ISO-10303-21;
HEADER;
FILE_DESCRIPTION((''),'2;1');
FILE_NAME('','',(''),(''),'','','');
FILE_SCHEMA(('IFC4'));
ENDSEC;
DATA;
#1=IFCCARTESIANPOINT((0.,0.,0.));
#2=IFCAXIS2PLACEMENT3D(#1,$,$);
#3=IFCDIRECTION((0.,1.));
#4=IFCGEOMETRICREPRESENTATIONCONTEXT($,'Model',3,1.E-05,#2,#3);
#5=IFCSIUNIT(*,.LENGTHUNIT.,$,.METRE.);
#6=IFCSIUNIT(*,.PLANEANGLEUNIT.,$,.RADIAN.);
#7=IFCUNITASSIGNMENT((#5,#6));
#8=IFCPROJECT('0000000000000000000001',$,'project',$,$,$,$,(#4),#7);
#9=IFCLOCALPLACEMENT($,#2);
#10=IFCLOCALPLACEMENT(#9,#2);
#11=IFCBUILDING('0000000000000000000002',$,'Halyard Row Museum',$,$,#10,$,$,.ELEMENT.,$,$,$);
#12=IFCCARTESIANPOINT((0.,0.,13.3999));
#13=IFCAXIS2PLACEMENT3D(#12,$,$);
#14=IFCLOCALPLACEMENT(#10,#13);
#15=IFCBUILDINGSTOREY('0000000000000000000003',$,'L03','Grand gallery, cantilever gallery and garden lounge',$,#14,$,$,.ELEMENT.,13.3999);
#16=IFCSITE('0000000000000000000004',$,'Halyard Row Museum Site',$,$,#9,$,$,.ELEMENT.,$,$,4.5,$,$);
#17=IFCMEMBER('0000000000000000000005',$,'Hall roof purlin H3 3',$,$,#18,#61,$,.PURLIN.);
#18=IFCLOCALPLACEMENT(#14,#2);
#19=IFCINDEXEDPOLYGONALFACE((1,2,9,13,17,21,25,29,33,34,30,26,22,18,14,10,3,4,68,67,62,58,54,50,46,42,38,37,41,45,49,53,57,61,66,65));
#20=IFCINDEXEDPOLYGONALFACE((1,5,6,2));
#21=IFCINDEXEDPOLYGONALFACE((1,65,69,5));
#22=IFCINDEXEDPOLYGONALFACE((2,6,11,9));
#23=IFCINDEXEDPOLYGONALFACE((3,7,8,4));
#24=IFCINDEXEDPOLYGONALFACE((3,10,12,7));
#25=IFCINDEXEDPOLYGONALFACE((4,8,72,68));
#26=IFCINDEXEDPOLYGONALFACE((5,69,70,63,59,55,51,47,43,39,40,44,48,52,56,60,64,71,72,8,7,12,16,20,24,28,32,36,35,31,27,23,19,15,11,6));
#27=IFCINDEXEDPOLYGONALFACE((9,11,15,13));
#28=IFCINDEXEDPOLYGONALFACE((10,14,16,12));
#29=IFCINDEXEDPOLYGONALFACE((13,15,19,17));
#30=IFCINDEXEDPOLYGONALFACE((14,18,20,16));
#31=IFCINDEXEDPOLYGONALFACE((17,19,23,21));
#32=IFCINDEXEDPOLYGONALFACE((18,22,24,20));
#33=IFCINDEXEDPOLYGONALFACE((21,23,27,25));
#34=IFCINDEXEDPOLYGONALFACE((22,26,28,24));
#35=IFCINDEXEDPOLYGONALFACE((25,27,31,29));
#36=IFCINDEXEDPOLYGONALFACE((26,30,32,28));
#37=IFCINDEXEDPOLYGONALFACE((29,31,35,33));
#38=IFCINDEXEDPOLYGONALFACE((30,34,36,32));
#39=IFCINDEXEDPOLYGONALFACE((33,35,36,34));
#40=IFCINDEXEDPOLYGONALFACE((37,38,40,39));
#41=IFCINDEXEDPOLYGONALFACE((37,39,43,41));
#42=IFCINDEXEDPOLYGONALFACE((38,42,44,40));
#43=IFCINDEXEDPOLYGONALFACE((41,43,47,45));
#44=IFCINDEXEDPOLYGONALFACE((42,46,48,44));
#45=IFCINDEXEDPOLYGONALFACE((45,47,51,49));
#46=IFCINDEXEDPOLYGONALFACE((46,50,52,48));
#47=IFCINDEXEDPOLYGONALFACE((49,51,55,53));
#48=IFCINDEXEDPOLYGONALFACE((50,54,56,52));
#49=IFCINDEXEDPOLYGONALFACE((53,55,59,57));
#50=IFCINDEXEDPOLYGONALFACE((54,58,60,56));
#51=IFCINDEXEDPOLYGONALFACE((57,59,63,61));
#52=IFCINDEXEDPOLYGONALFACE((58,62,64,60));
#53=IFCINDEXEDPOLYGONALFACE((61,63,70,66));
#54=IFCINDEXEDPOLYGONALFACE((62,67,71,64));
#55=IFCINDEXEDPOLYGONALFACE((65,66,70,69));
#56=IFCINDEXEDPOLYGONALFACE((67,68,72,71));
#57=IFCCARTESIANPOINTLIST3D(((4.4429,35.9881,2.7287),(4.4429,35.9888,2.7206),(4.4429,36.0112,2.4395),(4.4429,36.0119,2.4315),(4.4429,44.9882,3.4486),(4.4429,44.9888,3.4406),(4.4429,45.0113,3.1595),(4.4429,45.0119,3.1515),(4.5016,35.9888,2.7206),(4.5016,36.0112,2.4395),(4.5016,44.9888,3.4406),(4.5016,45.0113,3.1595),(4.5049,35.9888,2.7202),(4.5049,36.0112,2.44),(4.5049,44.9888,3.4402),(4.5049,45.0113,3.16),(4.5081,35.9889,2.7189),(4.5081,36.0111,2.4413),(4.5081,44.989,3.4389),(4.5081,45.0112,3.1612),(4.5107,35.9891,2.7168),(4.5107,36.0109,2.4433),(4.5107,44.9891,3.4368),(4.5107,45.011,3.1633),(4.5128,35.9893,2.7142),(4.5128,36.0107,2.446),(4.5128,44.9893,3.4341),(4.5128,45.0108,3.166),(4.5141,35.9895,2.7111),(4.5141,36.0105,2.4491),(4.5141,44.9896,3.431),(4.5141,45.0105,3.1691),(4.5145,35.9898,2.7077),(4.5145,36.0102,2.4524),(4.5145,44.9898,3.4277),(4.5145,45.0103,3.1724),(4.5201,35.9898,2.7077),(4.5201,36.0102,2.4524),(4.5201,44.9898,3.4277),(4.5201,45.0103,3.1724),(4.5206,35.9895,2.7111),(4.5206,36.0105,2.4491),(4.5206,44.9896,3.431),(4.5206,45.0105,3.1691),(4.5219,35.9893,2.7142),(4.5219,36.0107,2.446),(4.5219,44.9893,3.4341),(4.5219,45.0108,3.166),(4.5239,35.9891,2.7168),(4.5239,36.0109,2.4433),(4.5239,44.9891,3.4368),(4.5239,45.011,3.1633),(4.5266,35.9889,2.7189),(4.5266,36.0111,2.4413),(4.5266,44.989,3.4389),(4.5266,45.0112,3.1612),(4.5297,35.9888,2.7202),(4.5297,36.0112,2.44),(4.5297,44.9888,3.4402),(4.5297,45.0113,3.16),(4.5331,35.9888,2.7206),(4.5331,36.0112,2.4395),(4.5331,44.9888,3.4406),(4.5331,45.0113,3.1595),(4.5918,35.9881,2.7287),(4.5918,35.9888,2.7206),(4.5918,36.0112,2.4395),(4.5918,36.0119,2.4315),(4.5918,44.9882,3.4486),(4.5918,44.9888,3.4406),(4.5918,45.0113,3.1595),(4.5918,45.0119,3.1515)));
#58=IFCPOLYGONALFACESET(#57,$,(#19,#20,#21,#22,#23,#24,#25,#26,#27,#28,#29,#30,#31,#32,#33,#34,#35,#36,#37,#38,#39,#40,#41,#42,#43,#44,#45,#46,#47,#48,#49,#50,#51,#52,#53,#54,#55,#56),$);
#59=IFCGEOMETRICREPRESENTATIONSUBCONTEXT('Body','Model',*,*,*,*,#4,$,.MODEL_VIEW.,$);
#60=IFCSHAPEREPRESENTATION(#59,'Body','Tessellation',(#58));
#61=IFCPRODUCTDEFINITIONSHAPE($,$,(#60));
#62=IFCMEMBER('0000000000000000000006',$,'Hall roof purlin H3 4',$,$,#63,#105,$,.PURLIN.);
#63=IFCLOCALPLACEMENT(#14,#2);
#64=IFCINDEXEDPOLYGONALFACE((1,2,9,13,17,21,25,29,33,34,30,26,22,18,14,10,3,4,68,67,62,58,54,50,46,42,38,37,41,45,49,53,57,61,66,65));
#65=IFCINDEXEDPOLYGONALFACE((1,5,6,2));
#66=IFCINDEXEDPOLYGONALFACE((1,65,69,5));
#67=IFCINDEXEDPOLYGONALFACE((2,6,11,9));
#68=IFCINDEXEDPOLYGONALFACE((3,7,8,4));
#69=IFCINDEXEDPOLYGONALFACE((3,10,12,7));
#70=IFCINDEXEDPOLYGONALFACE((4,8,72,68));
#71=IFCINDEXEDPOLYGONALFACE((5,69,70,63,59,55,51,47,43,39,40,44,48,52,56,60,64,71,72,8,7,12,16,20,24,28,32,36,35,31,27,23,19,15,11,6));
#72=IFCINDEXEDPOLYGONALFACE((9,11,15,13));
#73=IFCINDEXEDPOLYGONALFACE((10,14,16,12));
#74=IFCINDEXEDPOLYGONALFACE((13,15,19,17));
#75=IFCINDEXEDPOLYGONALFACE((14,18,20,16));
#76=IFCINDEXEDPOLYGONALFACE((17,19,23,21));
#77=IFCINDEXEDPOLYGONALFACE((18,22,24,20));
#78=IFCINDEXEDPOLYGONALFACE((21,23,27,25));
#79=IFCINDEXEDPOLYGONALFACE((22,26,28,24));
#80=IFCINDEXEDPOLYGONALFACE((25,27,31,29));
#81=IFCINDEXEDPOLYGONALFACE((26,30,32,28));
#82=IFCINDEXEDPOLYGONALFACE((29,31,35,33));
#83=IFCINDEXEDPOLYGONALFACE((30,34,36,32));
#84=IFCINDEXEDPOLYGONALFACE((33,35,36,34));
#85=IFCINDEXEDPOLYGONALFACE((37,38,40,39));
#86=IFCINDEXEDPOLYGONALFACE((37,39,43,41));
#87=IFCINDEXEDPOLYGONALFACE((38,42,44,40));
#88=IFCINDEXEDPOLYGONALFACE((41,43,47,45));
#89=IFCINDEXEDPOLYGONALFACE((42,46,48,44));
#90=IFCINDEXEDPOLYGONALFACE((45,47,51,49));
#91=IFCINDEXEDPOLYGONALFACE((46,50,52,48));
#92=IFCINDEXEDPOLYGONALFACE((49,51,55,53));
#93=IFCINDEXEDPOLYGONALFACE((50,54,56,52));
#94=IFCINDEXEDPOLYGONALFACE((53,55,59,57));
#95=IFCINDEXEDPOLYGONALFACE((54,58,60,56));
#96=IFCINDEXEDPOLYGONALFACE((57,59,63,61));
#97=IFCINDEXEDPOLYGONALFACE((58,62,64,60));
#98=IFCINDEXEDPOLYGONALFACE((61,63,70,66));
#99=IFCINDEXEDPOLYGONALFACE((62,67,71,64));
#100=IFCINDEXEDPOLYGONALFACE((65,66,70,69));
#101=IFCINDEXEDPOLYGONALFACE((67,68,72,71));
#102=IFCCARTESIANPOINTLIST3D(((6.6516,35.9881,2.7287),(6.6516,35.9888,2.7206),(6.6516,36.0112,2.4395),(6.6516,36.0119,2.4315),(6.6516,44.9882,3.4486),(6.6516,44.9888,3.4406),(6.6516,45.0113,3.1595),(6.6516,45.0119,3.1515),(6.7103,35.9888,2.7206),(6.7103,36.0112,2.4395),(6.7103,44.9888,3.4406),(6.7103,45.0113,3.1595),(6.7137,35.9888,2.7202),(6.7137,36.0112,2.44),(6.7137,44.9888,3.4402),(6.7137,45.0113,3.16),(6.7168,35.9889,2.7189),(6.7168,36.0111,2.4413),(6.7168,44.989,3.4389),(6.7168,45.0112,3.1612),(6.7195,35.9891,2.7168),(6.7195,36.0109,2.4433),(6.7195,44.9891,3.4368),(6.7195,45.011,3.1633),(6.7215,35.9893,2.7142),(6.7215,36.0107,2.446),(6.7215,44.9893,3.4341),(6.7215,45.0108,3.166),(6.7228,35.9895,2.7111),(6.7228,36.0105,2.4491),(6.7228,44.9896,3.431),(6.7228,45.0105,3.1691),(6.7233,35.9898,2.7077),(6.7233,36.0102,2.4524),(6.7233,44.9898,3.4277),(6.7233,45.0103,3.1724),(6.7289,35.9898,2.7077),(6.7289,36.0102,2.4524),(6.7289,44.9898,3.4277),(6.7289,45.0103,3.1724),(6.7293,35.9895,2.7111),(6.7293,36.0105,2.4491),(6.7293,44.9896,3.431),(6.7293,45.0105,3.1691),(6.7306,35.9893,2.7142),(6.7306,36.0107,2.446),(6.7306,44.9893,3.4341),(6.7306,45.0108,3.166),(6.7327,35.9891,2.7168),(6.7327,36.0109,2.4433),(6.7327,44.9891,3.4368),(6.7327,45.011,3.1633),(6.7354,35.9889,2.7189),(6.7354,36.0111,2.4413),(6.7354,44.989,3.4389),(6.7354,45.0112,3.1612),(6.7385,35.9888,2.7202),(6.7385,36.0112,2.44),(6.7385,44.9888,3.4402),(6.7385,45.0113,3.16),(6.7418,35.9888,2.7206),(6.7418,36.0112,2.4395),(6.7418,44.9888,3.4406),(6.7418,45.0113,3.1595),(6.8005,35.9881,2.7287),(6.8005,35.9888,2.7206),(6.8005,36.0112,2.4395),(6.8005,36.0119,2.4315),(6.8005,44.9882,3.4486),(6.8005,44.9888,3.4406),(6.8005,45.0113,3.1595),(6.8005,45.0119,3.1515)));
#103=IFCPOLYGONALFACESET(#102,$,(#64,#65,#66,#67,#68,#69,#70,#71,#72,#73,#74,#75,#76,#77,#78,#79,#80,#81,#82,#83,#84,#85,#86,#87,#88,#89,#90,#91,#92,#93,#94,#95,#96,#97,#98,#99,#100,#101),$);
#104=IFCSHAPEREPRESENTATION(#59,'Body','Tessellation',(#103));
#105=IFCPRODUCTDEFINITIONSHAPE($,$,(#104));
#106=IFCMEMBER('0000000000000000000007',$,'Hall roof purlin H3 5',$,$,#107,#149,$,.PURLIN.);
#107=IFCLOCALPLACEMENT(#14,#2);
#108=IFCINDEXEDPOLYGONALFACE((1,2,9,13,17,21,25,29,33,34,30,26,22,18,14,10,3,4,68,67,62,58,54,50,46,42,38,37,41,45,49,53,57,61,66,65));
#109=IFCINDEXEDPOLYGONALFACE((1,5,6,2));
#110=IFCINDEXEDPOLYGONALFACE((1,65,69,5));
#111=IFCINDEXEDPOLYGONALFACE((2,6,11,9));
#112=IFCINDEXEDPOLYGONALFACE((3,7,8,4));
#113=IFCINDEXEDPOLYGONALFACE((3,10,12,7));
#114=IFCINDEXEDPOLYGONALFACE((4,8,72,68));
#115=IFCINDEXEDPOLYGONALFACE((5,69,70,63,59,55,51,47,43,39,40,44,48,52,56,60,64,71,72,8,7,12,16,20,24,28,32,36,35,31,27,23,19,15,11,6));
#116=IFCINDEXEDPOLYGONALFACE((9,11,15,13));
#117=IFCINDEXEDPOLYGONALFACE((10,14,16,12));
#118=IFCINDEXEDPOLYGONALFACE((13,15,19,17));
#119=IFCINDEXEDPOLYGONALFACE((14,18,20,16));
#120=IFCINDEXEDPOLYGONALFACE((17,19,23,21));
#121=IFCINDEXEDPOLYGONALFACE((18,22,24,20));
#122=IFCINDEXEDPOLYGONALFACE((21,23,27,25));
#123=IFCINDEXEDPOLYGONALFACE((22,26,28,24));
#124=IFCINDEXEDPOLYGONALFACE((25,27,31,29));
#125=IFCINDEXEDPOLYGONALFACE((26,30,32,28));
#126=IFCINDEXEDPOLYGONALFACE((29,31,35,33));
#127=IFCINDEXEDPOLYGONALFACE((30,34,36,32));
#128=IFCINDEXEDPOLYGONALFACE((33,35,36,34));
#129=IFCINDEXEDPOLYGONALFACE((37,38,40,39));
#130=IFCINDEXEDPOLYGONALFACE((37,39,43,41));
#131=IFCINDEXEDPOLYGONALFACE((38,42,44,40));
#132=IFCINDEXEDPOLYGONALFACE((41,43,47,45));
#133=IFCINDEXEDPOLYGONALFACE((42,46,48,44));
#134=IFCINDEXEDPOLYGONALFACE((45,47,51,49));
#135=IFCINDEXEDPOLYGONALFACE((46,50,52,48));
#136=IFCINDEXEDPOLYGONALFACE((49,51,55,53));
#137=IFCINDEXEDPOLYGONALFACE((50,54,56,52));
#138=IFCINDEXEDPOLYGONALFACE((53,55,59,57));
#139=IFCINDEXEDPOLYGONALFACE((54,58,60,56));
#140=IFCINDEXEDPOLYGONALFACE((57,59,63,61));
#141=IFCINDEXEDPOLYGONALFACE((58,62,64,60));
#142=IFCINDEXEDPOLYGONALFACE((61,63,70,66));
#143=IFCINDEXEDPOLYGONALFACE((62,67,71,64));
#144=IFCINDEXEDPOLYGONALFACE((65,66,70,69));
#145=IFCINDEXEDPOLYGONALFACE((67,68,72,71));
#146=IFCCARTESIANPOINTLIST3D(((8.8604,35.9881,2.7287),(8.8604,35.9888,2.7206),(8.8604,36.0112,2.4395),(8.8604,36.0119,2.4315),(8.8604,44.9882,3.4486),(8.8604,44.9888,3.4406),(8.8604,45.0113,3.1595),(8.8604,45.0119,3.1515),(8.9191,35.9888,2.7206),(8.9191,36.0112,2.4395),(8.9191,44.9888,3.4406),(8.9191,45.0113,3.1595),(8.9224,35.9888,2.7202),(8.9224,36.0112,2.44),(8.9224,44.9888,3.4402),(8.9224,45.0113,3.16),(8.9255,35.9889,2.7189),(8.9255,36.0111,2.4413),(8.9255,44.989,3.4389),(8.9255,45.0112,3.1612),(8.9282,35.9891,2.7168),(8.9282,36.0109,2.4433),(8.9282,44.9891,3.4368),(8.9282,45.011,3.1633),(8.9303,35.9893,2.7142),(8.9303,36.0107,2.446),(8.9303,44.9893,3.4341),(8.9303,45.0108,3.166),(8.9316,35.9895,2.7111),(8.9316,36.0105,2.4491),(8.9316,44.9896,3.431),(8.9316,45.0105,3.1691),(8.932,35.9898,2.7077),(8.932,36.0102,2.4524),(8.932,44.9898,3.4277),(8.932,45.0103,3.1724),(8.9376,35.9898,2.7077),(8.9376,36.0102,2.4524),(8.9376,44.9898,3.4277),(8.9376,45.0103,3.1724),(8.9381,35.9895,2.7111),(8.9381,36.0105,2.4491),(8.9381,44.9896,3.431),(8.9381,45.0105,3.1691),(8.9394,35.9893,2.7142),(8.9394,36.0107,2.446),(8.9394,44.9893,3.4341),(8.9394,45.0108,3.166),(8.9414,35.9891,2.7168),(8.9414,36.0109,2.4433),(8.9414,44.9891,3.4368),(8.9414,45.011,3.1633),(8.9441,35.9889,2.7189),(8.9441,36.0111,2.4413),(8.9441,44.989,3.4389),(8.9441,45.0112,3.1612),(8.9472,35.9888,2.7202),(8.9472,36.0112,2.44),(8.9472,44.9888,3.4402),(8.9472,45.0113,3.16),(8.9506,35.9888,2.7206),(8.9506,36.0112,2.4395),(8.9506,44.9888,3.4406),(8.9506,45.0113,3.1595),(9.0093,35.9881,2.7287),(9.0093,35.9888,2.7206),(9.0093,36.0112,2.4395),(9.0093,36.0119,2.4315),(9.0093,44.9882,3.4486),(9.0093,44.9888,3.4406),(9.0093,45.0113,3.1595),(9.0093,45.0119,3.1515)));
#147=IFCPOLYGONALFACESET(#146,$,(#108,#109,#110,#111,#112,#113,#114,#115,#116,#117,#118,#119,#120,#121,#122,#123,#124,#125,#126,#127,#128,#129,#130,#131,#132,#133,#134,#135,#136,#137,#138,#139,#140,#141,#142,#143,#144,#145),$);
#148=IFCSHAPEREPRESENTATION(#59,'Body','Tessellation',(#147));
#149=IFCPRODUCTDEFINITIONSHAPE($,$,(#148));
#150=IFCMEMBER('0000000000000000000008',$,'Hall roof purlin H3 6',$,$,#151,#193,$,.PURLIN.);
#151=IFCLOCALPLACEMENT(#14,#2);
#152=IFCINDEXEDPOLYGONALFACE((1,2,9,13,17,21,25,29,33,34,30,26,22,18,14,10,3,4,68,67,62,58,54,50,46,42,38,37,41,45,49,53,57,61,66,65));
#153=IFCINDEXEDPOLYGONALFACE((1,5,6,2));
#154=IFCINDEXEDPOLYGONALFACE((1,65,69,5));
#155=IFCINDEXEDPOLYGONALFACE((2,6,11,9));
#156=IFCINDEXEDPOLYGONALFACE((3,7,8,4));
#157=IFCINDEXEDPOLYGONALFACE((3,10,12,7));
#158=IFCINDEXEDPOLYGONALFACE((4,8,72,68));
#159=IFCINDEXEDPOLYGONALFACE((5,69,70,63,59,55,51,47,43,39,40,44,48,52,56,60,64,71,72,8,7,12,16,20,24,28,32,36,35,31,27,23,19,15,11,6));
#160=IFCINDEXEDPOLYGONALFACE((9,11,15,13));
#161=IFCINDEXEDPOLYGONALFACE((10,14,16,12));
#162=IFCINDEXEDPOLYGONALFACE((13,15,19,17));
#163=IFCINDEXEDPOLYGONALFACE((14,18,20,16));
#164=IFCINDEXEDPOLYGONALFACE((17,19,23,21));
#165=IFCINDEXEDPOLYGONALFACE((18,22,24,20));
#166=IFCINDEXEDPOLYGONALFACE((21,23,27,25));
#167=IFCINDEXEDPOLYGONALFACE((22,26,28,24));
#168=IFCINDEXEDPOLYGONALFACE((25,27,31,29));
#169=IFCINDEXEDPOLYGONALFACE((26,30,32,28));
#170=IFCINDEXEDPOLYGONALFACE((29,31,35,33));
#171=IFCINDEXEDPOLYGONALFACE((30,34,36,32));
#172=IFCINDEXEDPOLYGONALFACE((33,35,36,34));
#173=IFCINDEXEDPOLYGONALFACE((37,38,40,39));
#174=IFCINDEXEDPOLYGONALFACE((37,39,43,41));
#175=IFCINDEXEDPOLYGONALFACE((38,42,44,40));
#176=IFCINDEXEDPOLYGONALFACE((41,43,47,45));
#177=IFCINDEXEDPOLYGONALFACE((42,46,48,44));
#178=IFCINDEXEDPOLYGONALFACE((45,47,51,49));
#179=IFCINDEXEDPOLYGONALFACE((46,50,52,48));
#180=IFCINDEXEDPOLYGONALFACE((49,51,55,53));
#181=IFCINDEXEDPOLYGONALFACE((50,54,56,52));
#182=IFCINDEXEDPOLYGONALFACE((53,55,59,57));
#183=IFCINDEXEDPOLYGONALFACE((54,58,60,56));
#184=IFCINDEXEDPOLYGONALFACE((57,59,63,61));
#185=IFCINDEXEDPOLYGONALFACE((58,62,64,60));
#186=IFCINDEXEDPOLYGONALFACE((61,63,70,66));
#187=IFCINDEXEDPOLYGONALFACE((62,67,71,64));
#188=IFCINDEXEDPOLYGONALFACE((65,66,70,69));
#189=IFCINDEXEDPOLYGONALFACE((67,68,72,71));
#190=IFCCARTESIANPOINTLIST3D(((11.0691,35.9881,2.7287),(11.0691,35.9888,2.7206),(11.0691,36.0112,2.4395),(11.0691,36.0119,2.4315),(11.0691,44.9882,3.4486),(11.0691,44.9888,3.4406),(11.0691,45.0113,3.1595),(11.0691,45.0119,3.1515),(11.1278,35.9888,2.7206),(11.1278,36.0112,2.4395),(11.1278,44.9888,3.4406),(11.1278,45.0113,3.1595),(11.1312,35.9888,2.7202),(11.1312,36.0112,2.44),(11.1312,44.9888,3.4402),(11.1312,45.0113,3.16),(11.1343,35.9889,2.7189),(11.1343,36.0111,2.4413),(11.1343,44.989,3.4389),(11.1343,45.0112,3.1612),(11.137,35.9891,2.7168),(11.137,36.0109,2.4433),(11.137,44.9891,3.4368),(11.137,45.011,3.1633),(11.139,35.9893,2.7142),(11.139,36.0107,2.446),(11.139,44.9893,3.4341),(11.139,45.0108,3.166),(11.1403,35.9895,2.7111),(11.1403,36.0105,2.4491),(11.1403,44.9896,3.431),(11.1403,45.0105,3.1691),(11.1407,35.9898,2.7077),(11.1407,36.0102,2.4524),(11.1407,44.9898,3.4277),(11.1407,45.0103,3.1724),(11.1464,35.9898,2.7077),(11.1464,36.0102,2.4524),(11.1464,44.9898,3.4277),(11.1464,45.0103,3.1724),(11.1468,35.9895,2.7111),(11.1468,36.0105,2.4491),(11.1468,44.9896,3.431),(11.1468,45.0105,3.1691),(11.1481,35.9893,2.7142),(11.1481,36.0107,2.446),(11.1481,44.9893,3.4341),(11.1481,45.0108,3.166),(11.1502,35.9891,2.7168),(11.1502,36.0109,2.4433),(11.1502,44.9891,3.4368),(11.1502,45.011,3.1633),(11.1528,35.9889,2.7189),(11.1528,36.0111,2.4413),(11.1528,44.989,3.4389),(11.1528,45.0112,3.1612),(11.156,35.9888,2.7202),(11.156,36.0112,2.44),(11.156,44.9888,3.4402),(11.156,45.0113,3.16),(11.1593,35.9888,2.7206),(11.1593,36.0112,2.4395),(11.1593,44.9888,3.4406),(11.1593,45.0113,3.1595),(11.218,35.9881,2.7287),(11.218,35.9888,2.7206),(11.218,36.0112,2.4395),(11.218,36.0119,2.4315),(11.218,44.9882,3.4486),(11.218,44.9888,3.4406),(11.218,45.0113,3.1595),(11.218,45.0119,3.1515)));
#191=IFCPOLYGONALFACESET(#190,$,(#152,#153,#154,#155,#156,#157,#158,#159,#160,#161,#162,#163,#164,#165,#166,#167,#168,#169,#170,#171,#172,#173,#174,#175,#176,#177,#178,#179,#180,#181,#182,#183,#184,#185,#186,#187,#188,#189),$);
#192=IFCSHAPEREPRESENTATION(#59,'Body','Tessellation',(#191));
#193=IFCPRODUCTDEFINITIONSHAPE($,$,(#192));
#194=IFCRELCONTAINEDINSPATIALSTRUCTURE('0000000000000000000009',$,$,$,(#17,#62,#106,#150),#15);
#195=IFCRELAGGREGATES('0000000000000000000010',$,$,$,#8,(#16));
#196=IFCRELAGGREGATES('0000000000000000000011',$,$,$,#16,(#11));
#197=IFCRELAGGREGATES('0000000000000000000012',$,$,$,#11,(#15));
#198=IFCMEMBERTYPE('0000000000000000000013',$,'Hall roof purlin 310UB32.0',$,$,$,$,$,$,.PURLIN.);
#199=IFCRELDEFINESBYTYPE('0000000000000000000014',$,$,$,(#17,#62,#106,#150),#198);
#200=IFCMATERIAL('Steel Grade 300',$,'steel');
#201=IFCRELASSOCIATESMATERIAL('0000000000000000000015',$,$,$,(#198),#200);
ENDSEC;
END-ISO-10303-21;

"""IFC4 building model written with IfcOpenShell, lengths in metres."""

from ifc_helpers import new_model, si_unit, direction, frame, origin, origin_2d, place, context, subcontext, project, spatial, i_section, extrude, material, material_profile, profile_set, type_object, element, save


model = new_model("IFC4")

# Units and contexts
model_context = context("Model", 3, precision=1e-05, world=origin(), true_north=direction((0.0, 1.0)))
body_context = subcontext(model_context, "Body", "Model", "MODEL_VIEW")
ifc_project = project(units=[si_unit("LENGTHUNIT", "METRE"), si_unit("PLANEANGLEUNIT", "RADIAN")], contexts=[model_context])

# Site, building, storey
site_placement = place(None, origin())
site = spatial("IfcSite", under=ifc_project, at=site_placement, Name="Halyard Row Museum Site", CompositionType="ELEMENT", RefElevation=4.5)
building_placement = place(site_placement, origin())
building = spatial("IfcBuilding", under=site, at=building_placement, Name="Halyard Row Museum", CompositionType="ELEMENT")
storey_placement = place(building_placement, frame((0.0, 0.0, 13.3999)))
storey = spatial("IfcBuildingStorey", under=building, at=storey_placement, Name="L03", Description="Grand gallery, cantilever gallery and garden lounge", CompositionType="ELEMENT", Elevation=13.3999)

# Members
ifc_material_1 = material(Name="Steel Grade 300", Category="steel")
ifc_material_profile_1 = material_profile(ifc_material_1, i_section(OverallWidth=0.1489, OverallDepth=0.2981, WebThickness=0.0056, FlangeThickness=0.0081, FilletRadius=0.0129, at=origin_2d()), Name="310UB32.0")
ifc_profile_set_1 = profile_set([ifc_material_profile_1], Name="Steel Grade 300")
member_type_1 = type_object("IfcMemberType", Name="Hall roof purlin 310UB32.0", PredefinedType="PURLIN", material=ifc_profile_set_1)
for number, where, z_axis, x_axis, name in (
    (1, (4.5173, 36.0, 2.5801), (0.0, 0.996816, 0.079742), (-1.0, 0.0, 0.0), "Hall roof purlin H3 3"),
    (2, (6.7261, 36.0, 2.5801), (0.0, 0.996816, 0.079742), (-1.0, 0.0, 0.0), "Hall roof purlin H3 4"),
    (3, (8.9348, 36.0, 2.5801), (0.0, 0.996816, 0.079742), (-1.0, 0.0, 0.0), "Hall roof purlin H3 5"),
    (4, (11.1436, 36.0, 2.5801), (0.0, 0.996816, 0.079742), (-1.0, 0.0, 0.0), "Hall roof purlin H3 6"),
):
    element("IfcMember", number, at=place(storey_placement, frame(where, z_axis=z_axis, x_axis=x_axis)), inside=storey, type_object=member_type_1, Name=name, PredefinedType="PURLIN", context=body_context, shape_type="SweptSolid", body=[
        extrude(i_section(OverallWidth=0.1489, OverallDepth=0.2981, WebThickness=0.0056, FlangeThickness=0.0081, FilletRadius=0.0129, at=origin_2d()), origin(), (0.0, 0.0, 1.0), 9.0288),
    ])

save(model, "model.ifc")
